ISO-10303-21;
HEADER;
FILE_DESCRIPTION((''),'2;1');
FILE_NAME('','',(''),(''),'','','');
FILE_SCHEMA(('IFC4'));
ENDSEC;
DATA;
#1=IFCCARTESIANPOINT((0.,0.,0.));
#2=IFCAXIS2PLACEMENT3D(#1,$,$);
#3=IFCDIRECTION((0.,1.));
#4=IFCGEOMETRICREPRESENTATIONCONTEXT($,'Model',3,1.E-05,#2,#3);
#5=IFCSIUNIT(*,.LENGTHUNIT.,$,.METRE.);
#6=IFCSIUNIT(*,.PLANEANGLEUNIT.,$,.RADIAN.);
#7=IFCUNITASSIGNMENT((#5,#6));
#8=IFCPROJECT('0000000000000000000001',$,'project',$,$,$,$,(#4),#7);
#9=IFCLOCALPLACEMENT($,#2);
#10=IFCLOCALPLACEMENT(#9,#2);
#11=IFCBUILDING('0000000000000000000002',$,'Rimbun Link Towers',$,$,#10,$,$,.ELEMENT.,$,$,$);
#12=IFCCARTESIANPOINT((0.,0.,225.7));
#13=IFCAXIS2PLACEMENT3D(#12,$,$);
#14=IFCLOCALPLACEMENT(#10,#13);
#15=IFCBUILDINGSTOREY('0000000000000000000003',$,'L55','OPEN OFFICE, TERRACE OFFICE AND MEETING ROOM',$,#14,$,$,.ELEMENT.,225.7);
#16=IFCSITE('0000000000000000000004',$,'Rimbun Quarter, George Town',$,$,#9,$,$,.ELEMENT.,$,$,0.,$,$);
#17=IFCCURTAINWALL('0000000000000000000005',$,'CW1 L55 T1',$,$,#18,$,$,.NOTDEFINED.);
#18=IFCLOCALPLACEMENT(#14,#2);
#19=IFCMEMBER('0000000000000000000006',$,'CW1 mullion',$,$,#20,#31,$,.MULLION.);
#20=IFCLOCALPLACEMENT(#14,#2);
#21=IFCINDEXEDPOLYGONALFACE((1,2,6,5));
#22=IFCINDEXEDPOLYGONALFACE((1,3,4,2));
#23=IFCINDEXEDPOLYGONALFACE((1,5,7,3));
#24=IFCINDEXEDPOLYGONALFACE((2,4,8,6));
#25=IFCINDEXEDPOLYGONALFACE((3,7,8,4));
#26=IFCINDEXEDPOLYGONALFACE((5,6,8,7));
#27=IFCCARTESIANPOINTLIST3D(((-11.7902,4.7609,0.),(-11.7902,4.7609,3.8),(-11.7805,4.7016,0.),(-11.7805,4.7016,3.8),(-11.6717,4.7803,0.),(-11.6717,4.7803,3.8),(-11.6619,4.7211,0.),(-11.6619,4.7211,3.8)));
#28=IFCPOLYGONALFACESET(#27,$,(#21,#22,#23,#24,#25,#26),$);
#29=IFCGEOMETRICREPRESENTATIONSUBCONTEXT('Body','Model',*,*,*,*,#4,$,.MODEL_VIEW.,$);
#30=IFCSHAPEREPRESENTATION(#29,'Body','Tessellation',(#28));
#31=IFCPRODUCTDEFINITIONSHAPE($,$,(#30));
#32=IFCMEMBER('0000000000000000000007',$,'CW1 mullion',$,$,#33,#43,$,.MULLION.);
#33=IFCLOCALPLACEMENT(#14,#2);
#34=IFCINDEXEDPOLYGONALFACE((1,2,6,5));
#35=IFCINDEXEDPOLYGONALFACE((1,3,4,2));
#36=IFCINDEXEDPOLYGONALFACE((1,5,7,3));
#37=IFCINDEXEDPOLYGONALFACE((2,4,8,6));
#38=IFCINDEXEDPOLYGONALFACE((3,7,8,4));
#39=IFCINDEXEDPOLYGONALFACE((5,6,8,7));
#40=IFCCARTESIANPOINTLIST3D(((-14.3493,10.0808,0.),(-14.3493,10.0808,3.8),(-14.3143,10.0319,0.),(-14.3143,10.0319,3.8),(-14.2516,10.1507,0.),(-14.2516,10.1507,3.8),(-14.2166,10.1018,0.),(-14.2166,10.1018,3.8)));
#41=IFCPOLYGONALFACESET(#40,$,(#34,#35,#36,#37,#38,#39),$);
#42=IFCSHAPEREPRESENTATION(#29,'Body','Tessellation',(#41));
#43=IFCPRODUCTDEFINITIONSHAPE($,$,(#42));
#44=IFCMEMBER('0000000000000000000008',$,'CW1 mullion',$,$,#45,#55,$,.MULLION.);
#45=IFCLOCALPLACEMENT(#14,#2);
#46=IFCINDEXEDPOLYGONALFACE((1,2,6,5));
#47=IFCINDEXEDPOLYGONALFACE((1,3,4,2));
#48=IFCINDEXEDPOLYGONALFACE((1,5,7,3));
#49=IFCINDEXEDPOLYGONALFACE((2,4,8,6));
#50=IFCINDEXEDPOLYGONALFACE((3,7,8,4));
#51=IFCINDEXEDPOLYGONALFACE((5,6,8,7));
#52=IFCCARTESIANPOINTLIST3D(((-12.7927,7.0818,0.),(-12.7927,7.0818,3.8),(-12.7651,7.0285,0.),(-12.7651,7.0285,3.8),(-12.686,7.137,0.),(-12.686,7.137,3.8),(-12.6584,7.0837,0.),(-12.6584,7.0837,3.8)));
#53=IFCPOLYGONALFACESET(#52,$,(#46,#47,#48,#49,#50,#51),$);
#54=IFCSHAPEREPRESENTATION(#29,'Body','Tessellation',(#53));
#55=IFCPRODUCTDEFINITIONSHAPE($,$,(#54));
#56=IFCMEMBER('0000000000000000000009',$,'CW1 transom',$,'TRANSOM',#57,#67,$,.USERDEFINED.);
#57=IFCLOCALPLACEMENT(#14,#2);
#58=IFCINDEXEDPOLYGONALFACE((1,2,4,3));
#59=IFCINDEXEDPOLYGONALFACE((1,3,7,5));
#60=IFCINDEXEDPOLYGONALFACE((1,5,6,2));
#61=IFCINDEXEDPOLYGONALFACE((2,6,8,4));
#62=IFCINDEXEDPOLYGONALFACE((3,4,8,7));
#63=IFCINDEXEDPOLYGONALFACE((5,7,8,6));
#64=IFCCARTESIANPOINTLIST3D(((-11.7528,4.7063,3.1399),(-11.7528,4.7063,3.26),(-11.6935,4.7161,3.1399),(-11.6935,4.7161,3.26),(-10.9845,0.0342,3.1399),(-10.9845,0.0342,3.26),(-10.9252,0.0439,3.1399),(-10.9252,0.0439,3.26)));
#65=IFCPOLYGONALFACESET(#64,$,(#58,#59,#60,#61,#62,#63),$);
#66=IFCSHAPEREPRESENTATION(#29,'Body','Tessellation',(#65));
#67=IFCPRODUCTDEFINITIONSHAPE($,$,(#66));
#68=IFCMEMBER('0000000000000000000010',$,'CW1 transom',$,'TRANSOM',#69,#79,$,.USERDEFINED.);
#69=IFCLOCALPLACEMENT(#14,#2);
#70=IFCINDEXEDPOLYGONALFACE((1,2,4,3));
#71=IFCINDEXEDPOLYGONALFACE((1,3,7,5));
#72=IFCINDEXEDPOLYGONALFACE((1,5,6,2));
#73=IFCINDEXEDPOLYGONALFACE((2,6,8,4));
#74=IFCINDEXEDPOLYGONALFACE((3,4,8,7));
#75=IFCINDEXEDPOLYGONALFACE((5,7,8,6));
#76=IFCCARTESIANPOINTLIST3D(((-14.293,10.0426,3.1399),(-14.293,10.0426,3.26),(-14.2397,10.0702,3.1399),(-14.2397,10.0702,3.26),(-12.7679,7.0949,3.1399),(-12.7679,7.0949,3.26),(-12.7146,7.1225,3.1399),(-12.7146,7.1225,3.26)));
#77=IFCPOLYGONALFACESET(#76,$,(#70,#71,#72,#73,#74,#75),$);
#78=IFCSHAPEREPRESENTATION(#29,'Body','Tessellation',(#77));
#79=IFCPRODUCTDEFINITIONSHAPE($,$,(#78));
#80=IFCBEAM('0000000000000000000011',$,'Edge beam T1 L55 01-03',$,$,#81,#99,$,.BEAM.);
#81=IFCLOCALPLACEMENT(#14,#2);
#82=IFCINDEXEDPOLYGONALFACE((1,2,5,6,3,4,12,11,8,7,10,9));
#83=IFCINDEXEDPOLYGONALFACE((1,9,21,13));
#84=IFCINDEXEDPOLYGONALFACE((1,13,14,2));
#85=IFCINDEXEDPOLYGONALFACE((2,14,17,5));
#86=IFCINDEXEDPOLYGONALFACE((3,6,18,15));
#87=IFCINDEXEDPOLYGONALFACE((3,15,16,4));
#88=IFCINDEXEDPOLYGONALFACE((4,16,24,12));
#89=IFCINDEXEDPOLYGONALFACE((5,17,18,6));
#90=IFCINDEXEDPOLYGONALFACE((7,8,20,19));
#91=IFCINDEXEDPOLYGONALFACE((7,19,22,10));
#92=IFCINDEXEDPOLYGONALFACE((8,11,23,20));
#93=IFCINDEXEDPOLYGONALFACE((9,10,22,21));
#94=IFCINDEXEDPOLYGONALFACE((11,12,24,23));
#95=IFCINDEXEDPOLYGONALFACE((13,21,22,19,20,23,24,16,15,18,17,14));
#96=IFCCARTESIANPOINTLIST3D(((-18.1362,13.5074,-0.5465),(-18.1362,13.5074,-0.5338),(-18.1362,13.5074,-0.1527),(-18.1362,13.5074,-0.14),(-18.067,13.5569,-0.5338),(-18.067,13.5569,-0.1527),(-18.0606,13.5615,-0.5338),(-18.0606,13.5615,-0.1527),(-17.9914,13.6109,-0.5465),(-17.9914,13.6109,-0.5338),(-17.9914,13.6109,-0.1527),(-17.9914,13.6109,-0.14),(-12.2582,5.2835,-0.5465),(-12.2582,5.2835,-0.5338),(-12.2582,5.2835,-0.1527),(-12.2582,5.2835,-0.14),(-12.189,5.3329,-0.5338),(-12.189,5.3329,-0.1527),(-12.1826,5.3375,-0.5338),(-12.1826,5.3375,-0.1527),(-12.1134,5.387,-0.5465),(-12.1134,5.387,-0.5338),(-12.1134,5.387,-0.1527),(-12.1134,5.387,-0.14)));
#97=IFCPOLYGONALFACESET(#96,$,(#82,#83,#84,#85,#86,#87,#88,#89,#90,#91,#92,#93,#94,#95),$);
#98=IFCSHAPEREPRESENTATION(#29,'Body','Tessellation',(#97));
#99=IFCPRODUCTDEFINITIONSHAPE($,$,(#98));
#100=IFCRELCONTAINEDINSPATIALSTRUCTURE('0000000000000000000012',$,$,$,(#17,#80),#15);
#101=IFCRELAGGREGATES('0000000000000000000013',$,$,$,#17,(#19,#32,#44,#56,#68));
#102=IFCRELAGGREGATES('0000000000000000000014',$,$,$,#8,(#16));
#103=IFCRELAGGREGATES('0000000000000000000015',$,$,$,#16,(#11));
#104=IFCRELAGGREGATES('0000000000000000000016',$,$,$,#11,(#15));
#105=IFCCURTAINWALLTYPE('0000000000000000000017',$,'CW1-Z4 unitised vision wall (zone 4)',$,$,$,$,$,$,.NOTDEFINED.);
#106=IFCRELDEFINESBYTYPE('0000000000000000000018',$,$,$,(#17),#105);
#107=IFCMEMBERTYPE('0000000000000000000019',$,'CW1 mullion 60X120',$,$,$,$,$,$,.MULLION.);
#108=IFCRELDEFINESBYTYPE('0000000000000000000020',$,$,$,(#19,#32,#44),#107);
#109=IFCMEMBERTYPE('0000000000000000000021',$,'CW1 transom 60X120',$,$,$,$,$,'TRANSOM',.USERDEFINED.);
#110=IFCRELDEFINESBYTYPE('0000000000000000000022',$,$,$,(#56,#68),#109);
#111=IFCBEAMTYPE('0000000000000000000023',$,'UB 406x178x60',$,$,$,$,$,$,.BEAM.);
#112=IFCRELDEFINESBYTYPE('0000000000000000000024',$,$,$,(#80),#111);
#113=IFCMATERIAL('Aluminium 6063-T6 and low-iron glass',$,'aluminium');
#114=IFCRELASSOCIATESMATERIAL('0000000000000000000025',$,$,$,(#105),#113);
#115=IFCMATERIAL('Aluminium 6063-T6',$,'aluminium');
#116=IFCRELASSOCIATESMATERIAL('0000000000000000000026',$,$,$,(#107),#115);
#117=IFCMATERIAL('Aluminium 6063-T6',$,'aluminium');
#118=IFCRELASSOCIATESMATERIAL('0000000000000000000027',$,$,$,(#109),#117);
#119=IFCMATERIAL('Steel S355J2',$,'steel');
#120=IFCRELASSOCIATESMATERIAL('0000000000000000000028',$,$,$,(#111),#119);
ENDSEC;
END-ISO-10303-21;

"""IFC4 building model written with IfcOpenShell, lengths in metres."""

from ifc_helpers import new_model, si_unit, direction, frame, origin, origin_2d, place, context, subcontext, project, spatial, rectangle, i_section, extrude, material, material_profile, profile_set, type_object, element, aggregate, save


model = new_model("IFC4")

# Units and contexts
model_context = context("Model", 3, precision=1e-05, world=origin(), true_north=direction((0.0, 1.0)))
body_context = subcontext(model_context, "Body", "Model", "MODEL_VIEW")
ifc_project = project(units=[si_unit("LENGTHUNIT", "METRE"), si_unit("PLANEANGLEUNIT", "RADIAN")], contexts=[model_context])

# Site, building, storey
site_placement = place(None, origin())
site = spatial("IfcSite", under=ifc_project, at=site_placement, Name="Rimbun Quarter, George Town", CompositionType="ELEMENT", RefElevation=0.0)
building_placement = place(site_placement, origin())
building = spatial("IfcBuilding", under=site, at=building_placement, Name="Rimbun Link Towers", CompositionType="ELEMENT")
storey_placement = place(building_placement, frame((0.0, 0.0, 225.7)))
storey = spatial("IfcBuildingStorey", under=building, at=storey_placement, Name="L55", Description="OPEN OFFICE, TERRACE OFFICE AND MEETING ROOM", CompositionType="ELEMENT", Elevation=225.7)

# Curtain wall, members
ifc_material_1 = material(Name="Aluminium 6063-T6 and low-iron glass", Category="aluminium")
curtain_wall_type = type_object("IfcCurtainWallType", Name="CW1-Z4 unitised vision wall (zone 4)", PredefinedType="NOTDEFINED", material=ifc_material_1)
curtain_wall_placement = place(storey_placement, origin())
curtain_wall = element("IfcCurtainWall", 1, at=curtain_wall_placement, inside=storey, type_object=curtain_wall_type, Name="CW1 L55 T1", PredefinedType="NOTDEFINED")
ifc_material_2 = material(Name="Aluminium 6063-T6", Category="aluminium")
ifc_material_profile_1 = material_profile(ifc_material_2, rectangle(XDim=0.1201, YDim=0.0601, at=origin_2d()), Name="MULLION 60X120")
ifc_profile_set_1 = profile_set([ifc_material_profile_1], Name="Aluminium 6063-T6")
member_type_1 = type_object("IfcMemberType", Name="CW1 mullion 60X120", PredefinedType="MULLION", material=ifc_profile_set_1)
member_1_placement = place(storey_placement, frame((-11.7261, 4.741, 0.0), z_axis=(0.0, 0.0, 1.0), x_axis=(0.986747, 0.162264, 0.0)))
member_1 = element("IfcMember", 2, at=member_1_placement, type_object=member_type_1, Name="CW1 mullion", PredefinedType="MULLION", context=body_context, shape_type="SweptSolid", body=[
    extrude(rectangle(XDim=0.1201, YDim=0.0601, at=origin_2d()), origin(), (0.0, 0.0, 1.0), 3.8),
])
member_2_placement = place(storey_placement, frame((-14.283, 10.0913, 0.0), z_axis=(0.0, 0.0, 1.0), x_axis=(0.813354, 0.58177, 0.0)))
member_2 = element("IfcMember", 3, at=member_2_placement, type_object=member_type_1, Name="CW1 mullion", PredefinedType="MULLION", context=body_context, shape_type="SweptSolid", body=[
    extrude(rectangle(XDim=0.1201, YDim=0.0601, at=origin_2d()), origin(), (0.0, 0.0, 1.0), 3.8),
])
member_3_placement = place(storey_placement, frame((-12.7256, 7.0828, 0.0), z_axis=(0.0, 0.0, 1.0), x_axis=(0.888153, 0.459548, 0.0)))
member_3 = element("IfcMember", 4, at=member_3_placement, type_object=member_type_1, Name="CW1 mullion", PredefinedType="MULLION", context=body_context, shape_type="SweptSolid", body=[
    extrude(rectangle(XDim=0.1201, YDim=0.0601, at=origin_2d()), origin(), (0.0, 0.0, 1.0), 3.8),
])
ifc_material_3 = material(Name="Aluminium 6063-T6", Category="aluminium")
ifc_material_profile_2 = material_profile(ifc_material_3, rectangle(XDim=0.0601, YDim=0.1201, at=origin_2d()), Name="TRANSOM 60X120")
ifc_profile_set_2 = profile_set([ifc_material_profile_2], Name="Aluminium 6063-T6")
member_type_2 = type_object("IfcMemberType", Name="CW1 transom 60X120", ElementType="TRANSOM", PredefinedType="USERDEFINED", material=ifc_profile_set_2)
member_4_placement = place(storey_placement, frame((-11.7231, 4.7112, 3.2), z_axis=(0.162266, -0.986747, 0.0), x_axis=(0.986747, 0.162266, 0.0)))
member_4 = element("IfcMember", 5, at=member_4_placement, type_object=member_type_2, Name="CW1 transom", ObjectType="TRANSOM", PredefinedType="USERDEFINED", context=body_context, shape_type="SweptSolid", body=[
    extrude(rectangle(XDim=0.0601, YDim=0.1201, at=origin_2d()), origin(), (0.0, 0.0, 1.0), 4.7349),
])
member_5_placement = place(storey_placement, frame((-14.2664, 10.0564, 3.2), z_axis=(0.459529, -0.888163, 0.0), x_axis=(0.888163, 0.459529, 0.0)))
member_5 = element("IfcMember", 6, at=member_5_placement, type_object=member_type_2, Name="CW1 transom", ObjectType="TRANSOM", PredefinedType="USERDEFINED", context=body_context, shape_type="SweptSolid", body=[
    extrude(rectangle(XDim=0.0601, YDim=0.1201, at=origin_2d()), origin(), (0.0, 0.0, 1.0), 3.3188),
])

# Beam
ifc_material_4 = material(Name="Steel S355J2", Category="steel")
ifc_material_profile_3 = material_profile(ifc_material_4, i_section(OverallWidth=0.178, OverallDepth=0.4065, WebThickness=0.0078, FlangeThickness=0.0127, at=origin_2d()), Name="UB 406x178x60")
ifc_profile_set_3 = profile_set([ifc_material_profile_3], Name="Steel S355J2")
beam_type = type_object("IfcBeamType", Name="UB 406x178x60", PredefinedType="BEAM", material=ifc_profile_set_3)
beam_placement = place(storey_placement, frame((-12.1858, 5.3352, -0.3433), z_axis=(-0.581483, 0.813559, 0.0), x_axis=(-0.813559, -0.581483, 0.0)))
element("IfcBeam", 7, at=beam_placement, inside=storey, type_object=beam_type, Name="Edge beam T1 L55 01-03", PredefinedType="BEAM", context=body_context, shape_type="SweptSolid", body=[
    extrude(i_section(OverallWidth=0.178, OverallDepth=0.4065, WebThickness=0.0078, FlangeThickness=0.0127, at=origin_2d()), origin(), (0.0, 0.0, 1.0), 10.1086),
])

aggregate(curtain_wall, [member_1, member_2, member_3, member_4, member_5])

save(model, "model.ifc")
